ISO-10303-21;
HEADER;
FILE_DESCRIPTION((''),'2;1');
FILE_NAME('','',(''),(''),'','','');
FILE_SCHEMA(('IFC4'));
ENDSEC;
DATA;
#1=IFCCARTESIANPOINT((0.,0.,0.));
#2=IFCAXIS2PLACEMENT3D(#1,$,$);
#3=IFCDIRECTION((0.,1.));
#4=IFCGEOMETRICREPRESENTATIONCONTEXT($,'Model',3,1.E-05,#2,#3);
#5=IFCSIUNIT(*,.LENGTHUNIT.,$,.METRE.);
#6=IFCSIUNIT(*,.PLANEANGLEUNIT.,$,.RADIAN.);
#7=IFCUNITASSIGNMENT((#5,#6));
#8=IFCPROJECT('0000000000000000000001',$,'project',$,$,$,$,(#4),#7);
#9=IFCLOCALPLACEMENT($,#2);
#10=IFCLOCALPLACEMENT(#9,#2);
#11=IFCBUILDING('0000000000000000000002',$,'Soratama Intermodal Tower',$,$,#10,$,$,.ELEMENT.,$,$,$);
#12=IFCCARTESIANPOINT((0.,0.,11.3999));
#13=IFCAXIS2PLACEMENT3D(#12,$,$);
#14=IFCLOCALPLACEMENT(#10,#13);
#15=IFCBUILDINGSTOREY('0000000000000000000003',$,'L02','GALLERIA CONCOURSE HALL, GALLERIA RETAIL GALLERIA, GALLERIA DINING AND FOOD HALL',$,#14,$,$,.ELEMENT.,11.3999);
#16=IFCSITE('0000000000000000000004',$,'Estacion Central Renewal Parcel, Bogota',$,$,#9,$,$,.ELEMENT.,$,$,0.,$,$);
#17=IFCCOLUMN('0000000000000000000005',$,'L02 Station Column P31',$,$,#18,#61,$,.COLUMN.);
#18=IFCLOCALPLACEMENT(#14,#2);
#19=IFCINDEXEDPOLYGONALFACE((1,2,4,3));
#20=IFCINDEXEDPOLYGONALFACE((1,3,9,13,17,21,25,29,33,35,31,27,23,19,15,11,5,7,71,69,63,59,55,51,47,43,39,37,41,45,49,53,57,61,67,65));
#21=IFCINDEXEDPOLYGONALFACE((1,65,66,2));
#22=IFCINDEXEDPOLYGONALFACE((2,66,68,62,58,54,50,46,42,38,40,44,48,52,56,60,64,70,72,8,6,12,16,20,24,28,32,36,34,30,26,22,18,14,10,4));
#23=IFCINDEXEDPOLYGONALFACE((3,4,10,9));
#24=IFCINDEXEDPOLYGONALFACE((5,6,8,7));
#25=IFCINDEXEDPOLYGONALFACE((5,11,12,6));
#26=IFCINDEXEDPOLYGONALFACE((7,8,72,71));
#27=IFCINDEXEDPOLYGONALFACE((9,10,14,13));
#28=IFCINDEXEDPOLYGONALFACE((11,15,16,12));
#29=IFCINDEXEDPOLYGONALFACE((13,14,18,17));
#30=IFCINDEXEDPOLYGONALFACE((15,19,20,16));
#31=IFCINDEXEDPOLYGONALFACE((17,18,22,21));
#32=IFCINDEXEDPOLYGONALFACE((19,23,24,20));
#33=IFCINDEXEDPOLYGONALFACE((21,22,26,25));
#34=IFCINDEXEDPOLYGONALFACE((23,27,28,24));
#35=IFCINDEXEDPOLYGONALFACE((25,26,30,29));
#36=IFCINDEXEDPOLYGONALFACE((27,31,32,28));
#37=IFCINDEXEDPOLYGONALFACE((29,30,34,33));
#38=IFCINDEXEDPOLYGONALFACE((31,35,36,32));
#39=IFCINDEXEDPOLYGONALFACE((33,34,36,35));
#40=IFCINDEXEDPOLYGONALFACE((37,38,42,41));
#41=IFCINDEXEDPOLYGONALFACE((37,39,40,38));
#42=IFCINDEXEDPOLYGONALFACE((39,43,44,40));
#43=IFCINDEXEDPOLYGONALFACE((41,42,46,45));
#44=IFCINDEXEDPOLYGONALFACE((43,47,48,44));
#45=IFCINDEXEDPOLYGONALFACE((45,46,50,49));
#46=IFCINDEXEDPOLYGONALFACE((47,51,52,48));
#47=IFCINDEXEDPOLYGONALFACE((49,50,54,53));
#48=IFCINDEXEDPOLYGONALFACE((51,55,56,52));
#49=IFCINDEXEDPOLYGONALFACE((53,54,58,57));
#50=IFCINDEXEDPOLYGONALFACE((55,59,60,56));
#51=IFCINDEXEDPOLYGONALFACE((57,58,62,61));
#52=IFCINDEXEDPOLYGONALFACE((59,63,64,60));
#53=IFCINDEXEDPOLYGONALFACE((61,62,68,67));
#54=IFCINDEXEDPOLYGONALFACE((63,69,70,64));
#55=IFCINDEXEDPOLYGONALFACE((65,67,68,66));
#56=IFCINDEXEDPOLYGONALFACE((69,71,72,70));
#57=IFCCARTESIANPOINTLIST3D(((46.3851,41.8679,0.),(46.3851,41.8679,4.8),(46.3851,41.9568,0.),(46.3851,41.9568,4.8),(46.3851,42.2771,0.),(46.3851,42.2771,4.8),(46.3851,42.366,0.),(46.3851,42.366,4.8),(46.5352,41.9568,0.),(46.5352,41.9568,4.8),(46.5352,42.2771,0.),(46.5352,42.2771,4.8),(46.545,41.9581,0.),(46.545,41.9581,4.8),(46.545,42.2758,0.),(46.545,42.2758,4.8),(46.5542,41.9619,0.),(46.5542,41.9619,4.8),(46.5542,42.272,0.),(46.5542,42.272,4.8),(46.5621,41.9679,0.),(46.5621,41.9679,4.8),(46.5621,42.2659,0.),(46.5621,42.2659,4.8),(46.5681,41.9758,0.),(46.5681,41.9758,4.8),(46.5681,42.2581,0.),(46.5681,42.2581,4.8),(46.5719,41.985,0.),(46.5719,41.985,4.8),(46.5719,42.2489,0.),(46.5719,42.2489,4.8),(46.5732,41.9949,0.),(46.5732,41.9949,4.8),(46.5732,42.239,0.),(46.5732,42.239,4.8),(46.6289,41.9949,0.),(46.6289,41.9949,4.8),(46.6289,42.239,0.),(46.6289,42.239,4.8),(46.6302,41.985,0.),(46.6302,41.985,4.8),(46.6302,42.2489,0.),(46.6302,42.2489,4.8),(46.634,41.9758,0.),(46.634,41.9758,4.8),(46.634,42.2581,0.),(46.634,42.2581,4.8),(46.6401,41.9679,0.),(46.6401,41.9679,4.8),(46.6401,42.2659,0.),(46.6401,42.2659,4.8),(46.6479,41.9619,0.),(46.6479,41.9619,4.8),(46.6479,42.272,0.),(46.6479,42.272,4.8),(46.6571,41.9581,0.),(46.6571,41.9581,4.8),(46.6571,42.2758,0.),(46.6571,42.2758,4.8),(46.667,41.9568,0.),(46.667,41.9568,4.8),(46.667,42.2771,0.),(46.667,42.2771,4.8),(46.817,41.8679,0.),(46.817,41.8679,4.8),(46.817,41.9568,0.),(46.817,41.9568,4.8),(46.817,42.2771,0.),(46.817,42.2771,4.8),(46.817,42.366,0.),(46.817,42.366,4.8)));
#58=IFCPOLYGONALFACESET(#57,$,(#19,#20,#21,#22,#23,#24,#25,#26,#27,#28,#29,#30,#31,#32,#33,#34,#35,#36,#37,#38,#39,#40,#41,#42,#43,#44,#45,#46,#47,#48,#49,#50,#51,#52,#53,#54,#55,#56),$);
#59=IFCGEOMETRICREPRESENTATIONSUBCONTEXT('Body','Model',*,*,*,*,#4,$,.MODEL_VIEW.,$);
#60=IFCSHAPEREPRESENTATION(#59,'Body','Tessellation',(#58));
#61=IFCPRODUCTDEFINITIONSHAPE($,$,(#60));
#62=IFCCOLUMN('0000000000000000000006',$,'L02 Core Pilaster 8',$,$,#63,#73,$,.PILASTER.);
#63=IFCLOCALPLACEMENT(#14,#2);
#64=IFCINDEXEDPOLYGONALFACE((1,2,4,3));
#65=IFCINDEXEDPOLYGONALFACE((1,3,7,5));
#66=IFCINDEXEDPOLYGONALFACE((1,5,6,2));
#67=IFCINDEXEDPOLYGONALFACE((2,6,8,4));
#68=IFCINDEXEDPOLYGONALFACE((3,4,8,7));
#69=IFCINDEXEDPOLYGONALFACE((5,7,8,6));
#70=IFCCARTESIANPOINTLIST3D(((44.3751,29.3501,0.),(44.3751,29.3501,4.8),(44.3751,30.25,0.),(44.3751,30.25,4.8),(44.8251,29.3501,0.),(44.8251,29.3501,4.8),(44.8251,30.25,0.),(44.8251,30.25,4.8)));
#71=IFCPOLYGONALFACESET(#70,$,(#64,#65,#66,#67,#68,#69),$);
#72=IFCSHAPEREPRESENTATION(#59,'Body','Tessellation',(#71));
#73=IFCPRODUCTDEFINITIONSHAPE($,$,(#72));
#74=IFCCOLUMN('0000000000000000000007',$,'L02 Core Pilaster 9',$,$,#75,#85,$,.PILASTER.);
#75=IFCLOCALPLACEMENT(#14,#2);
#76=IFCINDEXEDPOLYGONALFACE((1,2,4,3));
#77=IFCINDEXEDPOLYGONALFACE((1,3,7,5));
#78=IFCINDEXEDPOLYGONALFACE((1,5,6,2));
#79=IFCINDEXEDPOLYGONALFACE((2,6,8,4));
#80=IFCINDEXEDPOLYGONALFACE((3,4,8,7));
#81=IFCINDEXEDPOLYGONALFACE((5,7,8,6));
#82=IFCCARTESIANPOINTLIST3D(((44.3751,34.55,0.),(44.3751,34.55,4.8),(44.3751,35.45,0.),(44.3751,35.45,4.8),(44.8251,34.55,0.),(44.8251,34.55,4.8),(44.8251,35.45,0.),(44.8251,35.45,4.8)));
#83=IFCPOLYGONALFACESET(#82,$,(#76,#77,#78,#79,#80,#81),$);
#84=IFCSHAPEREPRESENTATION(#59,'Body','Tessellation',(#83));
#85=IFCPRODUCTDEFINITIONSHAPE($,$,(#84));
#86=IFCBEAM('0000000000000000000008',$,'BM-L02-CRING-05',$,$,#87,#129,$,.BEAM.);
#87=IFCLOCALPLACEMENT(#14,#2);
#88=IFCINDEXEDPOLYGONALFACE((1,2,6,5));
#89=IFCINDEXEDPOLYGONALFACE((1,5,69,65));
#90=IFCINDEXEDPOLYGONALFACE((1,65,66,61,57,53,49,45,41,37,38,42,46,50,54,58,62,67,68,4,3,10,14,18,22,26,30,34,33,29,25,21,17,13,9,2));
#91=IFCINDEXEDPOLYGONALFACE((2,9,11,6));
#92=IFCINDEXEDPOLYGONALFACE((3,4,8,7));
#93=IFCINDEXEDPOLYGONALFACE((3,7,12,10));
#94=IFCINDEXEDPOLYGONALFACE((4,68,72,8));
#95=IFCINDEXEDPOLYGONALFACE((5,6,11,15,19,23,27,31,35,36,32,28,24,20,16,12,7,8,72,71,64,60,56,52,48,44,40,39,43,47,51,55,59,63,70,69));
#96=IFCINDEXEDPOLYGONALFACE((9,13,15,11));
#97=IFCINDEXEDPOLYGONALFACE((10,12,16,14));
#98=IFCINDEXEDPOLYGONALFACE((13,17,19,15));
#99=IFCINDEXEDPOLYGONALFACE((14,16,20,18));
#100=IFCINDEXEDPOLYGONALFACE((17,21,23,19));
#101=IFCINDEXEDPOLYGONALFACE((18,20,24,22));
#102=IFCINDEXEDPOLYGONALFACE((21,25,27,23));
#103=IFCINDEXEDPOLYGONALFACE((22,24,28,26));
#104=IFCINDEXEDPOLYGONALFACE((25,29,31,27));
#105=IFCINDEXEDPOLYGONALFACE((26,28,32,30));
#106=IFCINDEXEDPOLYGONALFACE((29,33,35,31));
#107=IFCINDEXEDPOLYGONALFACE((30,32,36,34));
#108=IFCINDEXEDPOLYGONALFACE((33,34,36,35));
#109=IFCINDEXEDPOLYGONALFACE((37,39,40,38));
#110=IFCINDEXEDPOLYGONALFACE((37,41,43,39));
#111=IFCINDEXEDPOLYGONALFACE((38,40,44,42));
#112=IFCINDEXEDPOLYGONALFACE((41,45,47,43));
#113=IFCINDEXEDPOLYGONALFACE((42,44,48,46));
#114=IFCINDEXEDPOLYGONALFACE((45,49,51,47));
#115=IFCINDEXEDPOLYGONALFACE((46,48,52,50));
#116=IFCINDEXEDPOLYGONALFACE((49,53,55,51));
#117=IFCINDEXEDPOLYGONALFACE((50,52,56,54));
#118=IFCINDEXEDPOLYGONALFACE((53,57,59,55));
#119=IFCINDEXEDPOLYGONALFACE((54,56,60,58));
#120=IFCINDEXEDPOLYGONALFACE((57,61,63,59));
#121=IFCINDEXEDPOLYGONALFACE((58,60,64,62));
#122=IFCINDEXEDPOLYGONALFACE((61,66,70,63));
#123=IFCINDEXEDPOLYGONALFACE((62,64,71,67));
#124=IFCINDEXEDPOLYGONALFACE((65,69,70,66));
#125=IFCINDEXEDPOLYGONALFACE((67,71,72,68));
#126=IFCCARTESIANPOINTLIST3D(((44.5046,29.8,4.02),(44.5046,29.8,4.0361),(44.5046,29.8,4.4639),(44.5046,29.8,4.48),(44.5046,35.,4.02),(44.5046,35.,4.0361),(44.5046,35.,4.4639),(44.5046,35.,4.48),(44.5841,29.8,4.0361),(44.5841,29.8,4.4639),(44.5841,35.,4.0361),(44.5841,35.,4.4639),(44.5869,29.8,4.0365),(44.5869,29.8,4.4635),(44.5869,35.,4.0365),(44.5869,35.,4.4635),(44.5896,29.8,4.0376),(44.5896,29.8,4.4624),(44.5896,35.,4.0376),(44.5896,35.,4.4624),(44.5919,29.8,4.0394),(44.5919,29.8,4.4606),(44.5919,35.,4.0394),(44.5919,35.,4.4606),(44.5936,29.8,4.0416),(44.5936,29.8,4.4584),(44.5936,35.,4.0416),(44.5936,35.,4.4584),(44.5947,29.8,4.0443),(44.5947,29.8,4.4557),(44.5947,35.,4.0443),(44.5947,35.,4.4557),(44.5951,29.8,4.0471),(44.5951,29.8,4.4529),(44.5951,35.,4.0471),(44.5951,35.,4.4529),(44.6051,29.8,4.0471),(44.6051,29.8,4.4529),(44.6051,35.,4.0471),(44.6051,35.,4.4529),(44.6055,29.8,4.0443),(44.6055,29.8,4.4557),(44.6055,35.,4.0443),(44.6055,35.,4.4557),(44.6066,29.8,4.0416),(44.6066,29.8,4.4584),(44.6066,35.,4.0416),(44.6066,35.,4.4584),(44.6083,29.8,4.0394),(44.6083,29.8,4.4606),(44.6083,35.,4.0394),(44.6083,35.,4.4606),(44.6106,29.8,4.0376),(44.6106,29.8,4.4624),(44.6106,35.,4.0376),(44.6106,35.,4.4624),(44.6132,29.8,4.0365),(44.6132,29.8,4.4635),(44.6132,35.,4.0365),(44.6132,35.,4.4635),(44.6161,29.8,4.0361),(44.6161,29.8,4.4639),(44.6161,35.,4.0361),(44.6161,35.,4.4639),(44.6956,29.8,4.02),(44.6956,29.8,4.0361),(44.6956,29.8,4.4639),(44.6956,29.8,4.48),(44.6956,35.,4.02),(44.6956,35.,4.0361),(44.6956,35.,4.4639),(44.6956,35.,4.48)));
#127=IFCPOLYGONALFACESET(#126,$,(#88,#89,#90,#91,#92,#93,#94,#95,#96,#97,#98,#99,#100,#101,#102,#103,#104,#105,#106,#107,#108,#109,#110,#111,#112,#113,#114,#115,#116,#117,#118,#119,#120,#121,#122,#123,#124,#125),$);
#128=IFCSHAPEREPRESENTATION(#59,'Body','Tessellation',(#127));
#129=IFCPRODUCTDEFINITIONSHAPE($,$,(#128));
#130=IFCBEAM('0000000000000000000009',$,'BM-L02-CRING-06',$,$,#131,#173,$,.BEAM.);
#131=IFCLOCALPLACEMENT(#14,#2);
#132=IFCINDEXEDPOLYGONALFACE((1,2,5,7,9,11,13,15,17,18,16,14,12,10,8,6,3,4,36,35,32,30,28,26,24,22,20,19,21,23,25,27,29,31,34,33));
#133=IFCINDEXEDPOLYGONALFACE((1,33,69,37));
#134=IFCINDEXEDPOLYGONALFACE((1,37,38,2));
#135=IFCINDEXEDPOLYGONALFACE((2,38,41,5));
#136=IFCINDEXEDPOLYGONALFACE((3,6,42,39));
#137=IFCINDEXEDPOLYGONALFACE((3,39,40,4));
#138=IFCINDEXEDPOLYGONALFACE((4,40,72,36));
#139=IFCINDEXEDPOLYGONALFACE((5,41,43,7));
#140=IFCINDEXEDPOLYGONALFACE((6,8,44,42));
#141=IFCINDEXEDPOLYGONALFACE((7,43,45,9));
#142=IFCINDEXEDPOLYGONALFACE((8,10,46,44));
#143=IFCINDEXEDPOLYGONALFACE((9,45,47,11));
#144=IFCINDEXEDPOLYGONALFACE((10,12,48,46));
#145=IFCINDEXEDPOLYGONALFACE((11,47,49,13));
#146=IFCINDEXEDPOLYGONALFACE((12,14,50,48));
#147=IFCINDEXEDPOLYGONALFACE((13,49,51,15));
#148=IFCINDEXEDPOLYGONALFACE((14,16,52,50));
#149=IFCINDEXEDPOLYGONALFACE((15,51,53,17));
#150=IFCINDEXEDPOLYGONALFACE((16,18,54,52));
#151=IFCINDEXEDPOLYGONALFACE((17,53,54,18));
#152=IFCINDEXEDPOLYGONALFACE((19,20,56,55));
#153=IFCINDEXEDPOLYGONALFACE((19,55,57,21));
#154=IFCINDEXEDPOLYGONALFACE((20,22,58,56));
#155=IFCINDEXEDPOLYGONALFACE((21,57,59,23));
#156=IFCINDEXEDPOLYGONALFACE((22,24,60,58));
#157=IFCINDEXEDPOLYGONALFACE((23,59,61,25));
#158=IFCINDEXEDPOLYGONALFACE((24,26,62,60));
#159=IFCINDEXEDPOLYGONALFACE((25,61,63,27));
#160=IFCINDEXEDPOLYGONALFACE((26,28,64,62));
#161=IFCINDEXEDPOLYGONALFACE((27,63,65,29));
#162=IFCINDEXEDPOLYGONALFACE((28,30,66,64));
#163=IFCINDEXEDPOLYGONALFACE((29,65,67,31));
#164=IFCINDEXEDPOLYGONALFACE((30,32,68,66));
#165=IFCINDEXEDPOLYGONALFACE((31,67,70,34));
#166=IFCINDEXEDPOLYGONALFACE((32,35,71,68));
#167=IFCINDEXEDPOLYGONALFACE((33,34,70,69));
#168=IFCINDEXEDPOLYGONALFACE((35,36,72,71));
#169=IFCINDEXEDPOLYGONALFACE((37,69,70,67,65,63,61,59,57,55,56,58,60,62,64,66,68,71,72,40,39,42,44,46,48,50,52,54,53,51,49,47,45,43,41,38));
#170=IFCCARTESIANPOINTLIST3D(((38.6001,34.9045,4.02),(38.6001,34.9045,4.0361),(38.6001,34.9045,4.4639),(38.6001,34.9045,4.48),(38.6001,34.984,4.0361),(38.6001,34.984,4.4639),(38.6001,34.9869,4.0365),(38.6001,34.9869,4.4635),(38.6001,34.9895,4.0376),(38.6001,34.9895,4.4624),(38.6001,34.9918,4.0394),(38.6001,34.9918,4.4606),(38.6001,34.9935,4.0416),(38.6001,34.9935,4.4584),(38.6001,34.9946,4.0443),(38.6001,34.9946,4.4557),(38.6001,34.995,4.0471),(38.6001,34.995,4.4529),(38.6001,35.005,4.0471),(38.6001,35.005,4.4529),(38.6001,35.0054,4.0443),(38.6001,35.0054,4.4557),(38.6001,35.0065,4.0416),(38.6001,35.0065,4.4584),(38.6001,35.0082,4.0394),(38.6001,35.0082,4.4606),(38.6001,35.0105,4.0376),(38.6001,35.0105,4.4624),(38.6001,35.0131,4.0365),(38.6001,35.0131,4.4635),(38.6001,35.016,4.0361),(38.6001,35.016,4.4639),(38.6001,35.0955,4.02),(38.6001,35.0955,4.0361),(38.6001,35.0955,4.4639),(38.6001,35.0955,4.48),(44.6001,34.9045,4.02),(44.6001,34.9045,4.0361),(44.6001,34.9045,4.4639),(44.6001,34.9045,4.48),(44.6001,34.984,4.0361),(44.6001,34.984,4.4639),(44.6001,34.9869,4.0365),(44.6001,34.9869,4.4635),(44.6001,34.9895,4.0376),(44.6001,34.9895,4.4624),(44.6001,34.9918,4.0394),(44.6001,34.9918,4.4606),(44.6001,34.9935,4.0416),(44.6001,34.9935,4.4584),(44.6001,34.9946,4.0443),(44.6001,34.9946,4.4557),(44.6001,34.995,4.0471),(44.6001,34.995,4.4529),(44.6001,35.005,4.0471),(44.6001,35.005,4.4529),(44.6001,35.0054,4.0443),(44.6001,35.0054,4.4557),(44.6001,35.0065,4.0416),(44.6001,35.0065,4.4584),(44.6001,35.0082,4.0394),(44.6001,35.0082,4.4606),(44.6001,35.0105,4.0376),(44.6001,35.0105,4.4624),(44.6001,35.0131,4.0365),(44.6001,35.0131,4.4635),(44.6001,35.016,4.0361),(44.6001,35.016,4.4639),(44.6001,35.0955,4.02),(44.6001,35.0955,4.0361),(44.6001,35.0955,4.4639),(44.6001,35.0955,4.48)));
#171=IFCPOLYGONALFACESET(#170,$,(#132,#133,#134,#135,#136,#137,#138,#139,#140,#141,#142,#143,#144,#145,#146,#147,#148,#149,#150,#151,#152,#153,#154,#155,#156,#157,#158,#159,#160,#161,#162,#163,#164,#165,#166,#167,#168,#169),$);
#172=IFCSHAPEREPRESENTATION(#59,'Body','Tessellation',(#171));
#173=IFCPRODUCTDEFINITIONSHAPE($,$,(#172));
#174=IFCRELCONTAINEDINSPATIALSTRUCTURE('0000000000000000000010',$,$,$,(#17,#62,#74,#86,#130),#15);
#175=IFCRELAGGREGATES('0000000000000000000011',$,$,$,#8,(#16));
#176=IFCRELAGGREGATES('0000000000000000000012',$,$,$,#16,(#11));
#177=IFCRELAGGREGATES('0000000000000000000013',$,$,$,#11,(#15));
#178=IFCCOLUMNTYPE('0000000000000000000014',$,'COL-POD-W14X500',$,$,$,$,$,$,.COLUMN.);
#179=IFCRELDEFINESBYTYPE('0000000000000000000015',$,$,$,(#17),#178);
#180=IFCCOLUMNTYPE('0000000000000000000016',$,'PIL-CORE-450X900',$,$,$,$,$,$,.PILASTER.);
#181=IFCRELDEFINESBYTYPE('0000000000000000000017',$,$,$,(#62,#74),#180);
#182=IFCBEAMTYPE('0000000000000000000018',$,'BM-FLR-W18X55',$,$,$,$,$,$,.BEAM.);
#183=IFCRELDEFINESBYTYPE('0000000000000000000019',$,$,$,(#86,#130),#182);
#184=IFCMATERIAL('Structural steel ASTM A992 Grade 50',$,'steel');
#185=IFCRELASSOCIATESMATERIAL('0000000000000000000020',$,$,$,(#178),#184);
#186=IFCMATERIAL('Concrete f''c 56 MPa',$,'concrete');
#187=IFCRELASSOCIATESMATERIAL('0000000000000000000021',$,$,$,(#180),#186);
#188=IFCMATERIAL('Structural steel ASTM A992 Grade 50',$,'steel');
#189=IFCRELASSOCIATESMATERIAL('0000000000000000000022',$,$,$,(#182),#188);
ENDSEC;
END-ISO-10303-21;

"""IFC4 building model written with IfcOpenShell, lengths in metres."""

from ifc_helpers import new_model, si_unit, direction, frame, origin, origin_2d, place, context, subcontext, project, spatial, rectangle, i_section, extrude, material, material_profile, profile_set, type_object, element, save


model = new_model("IFC4")

# Units and contexts
model_context = context("Model", 3, precision=1e-05, world=origin(), true_north=direction((0.0, 1.0)))
body_context = subcontext(model_context, "Body", "Model", "MODEL_VIEW")
ifc_project = project(units=[si_unit("LENGTHUNIT", "METRE"), si_unit("PLANEANGLEUNIT", "RADIAN")], contexts=[model_context])

# Site, building, storey
site_placement = place(None, origin())
site = spatial("IfcSite", under=ifc_project, at=site_placement, Name="Estacion Central Renewal Parcel, Bogota", CompositionType="ELEMENT", RefElevation=0.0)
building_placement = place(site_placement, origin())
building = spatial("IfcBuilding", under=site, at=building_placement, Name="Soratama Intermodal Tower", CompositionType="ELEMENT")
storey_placement = place(building_placement, frame((0.0, 0.0, 11.3999)))
storey = spatial("IfcBuildingStorey", under=building, at=storey_placement, Name="L02", Description="GALLERIA CONCOURSE HALL, GALLERIA RETAIL GALLERIA, GALLERIA DINING AND FOOD HALL", CompositionType="ELEMENT", Elevation=11.3999)

# Columns
ifc_material_1 = material(Name="Structural steel ASTM A992 Grade 50", Category="steel")
ifc_material_profile_1 = material_profile(ifc_material_1, i_section(OverallWidth=0.4319, OverallDepth=0.498, WebThickness=0.0557, FlangeThickness=0.0889, FilletRadius=0.0381, at=origin_2d()), Name="W14X500")
ifc_profile_set_1 = profile_set([ifc_material_profile_1], Name="Structural steel ASTM A992 Grade 50")
column_type_1 = type_object("IfcColumnType", Name="COL-POD-W14X500", PredefinedType="COLUMN", material=ifc_profile_set_1)
for number, where, z_axis, x_axis, name in (
    (1, (46.6011, 42.1169, 0.0), (0.0, 0.0, 1.0), (1.0, 0.0, 0.0), "L02 Station Column P31"),
):
    element("IfcColumn", number, at=place(storey_placement, frame(where, z_axis=z_axis, x_axis=x_axis)), inside=storey, type_object=column_type_1, Name=name, PredefinedType="COLUMN", context=body_context, shape_type="SweptSolid", body=[
        extrude(i_section(OverallWidth=0.4319, OverallDepth=0.498, WebThickness=0.0557, FlangeThickness=0.0889, FilletRadius=0.0381, at=origin_2d()), origin(), (0.0, 0.0, 1.0), 4.8),
    ])
ifc_material_2 = material(Name="Concrete f'c 56 MPa", Category="concrete")
ifc_material_profile_2 = material_profile(ifc_material_2, rectangle(XDim=0.45, YDim=0.8999, at=origin_2d()), Name="RC450X900")
ifc_profile_set_2 = profile_set([ifc_material_profile_2], Name="Concrete f'c 56 MPa")
column_type_2 = type_object("IfcColumnType", Name="PIL-CORE-450X900", PredefinedType="PILASTER", material=ifc_profile_set_2)
for number, where, z_axis, x_axis, name in (
    (2, (44.6001, 29.8, 0.0), (0.0, 0.0, 1.0), (1.0, 0.0, 0.0), "L02 Core Pilaster 8"),
    (3, (44.6001, 35.0, 0.0), (0.0, 0.0, 1.0), (1.0, 0.0, 0.0), "L02 Core Pilaster 9"),
):
    element("IfcColumn", number, at=place(storey_placement, frame(where, z_axis=z_axis, x_axis=x_axis)), inside=storey, type_object=column_type_2, Name=name, PredefinedType="PILASTER", context=body_context, shape_type="SweptSolid", body=[
        extrude(rectangle(XDim=0.45, YDim=0.8999, at=origin_2d()), origin(), (0.0, 0.0, 1.0), 4.8),
    ])

# Beams
ifc_material_3 = material(Name="Structural steel ASTM A992 Grade 50", Category="steel")
ifc_material_profile_3 = material_profile(ifc_material_3, i_section(OverallWidth=0.1909, OverallDepth=0.46, WebThickness=0.01, FlangeThickness=0.0161, FilletRadius=0.011, at=origin_2d()), Name="W18X55")
ifc_profile_set_3 = profile_set([ifc_material_profile_3], Name="Structural steel ASTM A992 Grade 50")
beam_type_1 = type_object("IfcBeamType", Name="BM-FLR-W18X55", PredefinedType="BEAM", material=ifc_profile_set_3)
beam_1_placement = place(storey_placement, frame((44.6001, 29.8, 4.25), z_axis=(0.0, 1.0, 0.0), x_axis=(-1.0, 0.0, 0.0)))
element("IfcBeam", 4, at=beam_1_placement, inside=storey, type_object=beam_type_1, Name="BM-L02-CRING-05", PredefinedType="BEAM", context=body_context, shape_type="SweptSolid", body=[
    extrude(i_section(OverallWidth=0.1909, OverallDepth=0.46, WebThickness=0.01, FlangeThickness=0.0161, FilletRadius=0.011, at=origin_2d()), origin(), (0.0, 0.0, 1.0), 5.2),
])
beam_2_placement = place(storey_placement, frame((44.6001, 35.0, 4.25), z_axis=(-1.0, 0.0, 0.0), x_axis=(0.0, -1.0, 0.0)))
element("IfcBeam", 5, at=beam_2_placement, inside=storey, type_object=beam_type_1, Name="BM-L02-CRING-06", PredefinedType="BEAM", context=body_context, shape_type="SweptSolid", body=[
    extrude(i_section(OverallWidth=0.1909, OverallDepth=0.46, WebThickness=0.01, FlangeThickness=0.0161, FilletRadius=0.011, at=origin_2d()), origin(), (0.0, 0.0, 1.0), 6.0),
])

save(model, "model.ifc")
